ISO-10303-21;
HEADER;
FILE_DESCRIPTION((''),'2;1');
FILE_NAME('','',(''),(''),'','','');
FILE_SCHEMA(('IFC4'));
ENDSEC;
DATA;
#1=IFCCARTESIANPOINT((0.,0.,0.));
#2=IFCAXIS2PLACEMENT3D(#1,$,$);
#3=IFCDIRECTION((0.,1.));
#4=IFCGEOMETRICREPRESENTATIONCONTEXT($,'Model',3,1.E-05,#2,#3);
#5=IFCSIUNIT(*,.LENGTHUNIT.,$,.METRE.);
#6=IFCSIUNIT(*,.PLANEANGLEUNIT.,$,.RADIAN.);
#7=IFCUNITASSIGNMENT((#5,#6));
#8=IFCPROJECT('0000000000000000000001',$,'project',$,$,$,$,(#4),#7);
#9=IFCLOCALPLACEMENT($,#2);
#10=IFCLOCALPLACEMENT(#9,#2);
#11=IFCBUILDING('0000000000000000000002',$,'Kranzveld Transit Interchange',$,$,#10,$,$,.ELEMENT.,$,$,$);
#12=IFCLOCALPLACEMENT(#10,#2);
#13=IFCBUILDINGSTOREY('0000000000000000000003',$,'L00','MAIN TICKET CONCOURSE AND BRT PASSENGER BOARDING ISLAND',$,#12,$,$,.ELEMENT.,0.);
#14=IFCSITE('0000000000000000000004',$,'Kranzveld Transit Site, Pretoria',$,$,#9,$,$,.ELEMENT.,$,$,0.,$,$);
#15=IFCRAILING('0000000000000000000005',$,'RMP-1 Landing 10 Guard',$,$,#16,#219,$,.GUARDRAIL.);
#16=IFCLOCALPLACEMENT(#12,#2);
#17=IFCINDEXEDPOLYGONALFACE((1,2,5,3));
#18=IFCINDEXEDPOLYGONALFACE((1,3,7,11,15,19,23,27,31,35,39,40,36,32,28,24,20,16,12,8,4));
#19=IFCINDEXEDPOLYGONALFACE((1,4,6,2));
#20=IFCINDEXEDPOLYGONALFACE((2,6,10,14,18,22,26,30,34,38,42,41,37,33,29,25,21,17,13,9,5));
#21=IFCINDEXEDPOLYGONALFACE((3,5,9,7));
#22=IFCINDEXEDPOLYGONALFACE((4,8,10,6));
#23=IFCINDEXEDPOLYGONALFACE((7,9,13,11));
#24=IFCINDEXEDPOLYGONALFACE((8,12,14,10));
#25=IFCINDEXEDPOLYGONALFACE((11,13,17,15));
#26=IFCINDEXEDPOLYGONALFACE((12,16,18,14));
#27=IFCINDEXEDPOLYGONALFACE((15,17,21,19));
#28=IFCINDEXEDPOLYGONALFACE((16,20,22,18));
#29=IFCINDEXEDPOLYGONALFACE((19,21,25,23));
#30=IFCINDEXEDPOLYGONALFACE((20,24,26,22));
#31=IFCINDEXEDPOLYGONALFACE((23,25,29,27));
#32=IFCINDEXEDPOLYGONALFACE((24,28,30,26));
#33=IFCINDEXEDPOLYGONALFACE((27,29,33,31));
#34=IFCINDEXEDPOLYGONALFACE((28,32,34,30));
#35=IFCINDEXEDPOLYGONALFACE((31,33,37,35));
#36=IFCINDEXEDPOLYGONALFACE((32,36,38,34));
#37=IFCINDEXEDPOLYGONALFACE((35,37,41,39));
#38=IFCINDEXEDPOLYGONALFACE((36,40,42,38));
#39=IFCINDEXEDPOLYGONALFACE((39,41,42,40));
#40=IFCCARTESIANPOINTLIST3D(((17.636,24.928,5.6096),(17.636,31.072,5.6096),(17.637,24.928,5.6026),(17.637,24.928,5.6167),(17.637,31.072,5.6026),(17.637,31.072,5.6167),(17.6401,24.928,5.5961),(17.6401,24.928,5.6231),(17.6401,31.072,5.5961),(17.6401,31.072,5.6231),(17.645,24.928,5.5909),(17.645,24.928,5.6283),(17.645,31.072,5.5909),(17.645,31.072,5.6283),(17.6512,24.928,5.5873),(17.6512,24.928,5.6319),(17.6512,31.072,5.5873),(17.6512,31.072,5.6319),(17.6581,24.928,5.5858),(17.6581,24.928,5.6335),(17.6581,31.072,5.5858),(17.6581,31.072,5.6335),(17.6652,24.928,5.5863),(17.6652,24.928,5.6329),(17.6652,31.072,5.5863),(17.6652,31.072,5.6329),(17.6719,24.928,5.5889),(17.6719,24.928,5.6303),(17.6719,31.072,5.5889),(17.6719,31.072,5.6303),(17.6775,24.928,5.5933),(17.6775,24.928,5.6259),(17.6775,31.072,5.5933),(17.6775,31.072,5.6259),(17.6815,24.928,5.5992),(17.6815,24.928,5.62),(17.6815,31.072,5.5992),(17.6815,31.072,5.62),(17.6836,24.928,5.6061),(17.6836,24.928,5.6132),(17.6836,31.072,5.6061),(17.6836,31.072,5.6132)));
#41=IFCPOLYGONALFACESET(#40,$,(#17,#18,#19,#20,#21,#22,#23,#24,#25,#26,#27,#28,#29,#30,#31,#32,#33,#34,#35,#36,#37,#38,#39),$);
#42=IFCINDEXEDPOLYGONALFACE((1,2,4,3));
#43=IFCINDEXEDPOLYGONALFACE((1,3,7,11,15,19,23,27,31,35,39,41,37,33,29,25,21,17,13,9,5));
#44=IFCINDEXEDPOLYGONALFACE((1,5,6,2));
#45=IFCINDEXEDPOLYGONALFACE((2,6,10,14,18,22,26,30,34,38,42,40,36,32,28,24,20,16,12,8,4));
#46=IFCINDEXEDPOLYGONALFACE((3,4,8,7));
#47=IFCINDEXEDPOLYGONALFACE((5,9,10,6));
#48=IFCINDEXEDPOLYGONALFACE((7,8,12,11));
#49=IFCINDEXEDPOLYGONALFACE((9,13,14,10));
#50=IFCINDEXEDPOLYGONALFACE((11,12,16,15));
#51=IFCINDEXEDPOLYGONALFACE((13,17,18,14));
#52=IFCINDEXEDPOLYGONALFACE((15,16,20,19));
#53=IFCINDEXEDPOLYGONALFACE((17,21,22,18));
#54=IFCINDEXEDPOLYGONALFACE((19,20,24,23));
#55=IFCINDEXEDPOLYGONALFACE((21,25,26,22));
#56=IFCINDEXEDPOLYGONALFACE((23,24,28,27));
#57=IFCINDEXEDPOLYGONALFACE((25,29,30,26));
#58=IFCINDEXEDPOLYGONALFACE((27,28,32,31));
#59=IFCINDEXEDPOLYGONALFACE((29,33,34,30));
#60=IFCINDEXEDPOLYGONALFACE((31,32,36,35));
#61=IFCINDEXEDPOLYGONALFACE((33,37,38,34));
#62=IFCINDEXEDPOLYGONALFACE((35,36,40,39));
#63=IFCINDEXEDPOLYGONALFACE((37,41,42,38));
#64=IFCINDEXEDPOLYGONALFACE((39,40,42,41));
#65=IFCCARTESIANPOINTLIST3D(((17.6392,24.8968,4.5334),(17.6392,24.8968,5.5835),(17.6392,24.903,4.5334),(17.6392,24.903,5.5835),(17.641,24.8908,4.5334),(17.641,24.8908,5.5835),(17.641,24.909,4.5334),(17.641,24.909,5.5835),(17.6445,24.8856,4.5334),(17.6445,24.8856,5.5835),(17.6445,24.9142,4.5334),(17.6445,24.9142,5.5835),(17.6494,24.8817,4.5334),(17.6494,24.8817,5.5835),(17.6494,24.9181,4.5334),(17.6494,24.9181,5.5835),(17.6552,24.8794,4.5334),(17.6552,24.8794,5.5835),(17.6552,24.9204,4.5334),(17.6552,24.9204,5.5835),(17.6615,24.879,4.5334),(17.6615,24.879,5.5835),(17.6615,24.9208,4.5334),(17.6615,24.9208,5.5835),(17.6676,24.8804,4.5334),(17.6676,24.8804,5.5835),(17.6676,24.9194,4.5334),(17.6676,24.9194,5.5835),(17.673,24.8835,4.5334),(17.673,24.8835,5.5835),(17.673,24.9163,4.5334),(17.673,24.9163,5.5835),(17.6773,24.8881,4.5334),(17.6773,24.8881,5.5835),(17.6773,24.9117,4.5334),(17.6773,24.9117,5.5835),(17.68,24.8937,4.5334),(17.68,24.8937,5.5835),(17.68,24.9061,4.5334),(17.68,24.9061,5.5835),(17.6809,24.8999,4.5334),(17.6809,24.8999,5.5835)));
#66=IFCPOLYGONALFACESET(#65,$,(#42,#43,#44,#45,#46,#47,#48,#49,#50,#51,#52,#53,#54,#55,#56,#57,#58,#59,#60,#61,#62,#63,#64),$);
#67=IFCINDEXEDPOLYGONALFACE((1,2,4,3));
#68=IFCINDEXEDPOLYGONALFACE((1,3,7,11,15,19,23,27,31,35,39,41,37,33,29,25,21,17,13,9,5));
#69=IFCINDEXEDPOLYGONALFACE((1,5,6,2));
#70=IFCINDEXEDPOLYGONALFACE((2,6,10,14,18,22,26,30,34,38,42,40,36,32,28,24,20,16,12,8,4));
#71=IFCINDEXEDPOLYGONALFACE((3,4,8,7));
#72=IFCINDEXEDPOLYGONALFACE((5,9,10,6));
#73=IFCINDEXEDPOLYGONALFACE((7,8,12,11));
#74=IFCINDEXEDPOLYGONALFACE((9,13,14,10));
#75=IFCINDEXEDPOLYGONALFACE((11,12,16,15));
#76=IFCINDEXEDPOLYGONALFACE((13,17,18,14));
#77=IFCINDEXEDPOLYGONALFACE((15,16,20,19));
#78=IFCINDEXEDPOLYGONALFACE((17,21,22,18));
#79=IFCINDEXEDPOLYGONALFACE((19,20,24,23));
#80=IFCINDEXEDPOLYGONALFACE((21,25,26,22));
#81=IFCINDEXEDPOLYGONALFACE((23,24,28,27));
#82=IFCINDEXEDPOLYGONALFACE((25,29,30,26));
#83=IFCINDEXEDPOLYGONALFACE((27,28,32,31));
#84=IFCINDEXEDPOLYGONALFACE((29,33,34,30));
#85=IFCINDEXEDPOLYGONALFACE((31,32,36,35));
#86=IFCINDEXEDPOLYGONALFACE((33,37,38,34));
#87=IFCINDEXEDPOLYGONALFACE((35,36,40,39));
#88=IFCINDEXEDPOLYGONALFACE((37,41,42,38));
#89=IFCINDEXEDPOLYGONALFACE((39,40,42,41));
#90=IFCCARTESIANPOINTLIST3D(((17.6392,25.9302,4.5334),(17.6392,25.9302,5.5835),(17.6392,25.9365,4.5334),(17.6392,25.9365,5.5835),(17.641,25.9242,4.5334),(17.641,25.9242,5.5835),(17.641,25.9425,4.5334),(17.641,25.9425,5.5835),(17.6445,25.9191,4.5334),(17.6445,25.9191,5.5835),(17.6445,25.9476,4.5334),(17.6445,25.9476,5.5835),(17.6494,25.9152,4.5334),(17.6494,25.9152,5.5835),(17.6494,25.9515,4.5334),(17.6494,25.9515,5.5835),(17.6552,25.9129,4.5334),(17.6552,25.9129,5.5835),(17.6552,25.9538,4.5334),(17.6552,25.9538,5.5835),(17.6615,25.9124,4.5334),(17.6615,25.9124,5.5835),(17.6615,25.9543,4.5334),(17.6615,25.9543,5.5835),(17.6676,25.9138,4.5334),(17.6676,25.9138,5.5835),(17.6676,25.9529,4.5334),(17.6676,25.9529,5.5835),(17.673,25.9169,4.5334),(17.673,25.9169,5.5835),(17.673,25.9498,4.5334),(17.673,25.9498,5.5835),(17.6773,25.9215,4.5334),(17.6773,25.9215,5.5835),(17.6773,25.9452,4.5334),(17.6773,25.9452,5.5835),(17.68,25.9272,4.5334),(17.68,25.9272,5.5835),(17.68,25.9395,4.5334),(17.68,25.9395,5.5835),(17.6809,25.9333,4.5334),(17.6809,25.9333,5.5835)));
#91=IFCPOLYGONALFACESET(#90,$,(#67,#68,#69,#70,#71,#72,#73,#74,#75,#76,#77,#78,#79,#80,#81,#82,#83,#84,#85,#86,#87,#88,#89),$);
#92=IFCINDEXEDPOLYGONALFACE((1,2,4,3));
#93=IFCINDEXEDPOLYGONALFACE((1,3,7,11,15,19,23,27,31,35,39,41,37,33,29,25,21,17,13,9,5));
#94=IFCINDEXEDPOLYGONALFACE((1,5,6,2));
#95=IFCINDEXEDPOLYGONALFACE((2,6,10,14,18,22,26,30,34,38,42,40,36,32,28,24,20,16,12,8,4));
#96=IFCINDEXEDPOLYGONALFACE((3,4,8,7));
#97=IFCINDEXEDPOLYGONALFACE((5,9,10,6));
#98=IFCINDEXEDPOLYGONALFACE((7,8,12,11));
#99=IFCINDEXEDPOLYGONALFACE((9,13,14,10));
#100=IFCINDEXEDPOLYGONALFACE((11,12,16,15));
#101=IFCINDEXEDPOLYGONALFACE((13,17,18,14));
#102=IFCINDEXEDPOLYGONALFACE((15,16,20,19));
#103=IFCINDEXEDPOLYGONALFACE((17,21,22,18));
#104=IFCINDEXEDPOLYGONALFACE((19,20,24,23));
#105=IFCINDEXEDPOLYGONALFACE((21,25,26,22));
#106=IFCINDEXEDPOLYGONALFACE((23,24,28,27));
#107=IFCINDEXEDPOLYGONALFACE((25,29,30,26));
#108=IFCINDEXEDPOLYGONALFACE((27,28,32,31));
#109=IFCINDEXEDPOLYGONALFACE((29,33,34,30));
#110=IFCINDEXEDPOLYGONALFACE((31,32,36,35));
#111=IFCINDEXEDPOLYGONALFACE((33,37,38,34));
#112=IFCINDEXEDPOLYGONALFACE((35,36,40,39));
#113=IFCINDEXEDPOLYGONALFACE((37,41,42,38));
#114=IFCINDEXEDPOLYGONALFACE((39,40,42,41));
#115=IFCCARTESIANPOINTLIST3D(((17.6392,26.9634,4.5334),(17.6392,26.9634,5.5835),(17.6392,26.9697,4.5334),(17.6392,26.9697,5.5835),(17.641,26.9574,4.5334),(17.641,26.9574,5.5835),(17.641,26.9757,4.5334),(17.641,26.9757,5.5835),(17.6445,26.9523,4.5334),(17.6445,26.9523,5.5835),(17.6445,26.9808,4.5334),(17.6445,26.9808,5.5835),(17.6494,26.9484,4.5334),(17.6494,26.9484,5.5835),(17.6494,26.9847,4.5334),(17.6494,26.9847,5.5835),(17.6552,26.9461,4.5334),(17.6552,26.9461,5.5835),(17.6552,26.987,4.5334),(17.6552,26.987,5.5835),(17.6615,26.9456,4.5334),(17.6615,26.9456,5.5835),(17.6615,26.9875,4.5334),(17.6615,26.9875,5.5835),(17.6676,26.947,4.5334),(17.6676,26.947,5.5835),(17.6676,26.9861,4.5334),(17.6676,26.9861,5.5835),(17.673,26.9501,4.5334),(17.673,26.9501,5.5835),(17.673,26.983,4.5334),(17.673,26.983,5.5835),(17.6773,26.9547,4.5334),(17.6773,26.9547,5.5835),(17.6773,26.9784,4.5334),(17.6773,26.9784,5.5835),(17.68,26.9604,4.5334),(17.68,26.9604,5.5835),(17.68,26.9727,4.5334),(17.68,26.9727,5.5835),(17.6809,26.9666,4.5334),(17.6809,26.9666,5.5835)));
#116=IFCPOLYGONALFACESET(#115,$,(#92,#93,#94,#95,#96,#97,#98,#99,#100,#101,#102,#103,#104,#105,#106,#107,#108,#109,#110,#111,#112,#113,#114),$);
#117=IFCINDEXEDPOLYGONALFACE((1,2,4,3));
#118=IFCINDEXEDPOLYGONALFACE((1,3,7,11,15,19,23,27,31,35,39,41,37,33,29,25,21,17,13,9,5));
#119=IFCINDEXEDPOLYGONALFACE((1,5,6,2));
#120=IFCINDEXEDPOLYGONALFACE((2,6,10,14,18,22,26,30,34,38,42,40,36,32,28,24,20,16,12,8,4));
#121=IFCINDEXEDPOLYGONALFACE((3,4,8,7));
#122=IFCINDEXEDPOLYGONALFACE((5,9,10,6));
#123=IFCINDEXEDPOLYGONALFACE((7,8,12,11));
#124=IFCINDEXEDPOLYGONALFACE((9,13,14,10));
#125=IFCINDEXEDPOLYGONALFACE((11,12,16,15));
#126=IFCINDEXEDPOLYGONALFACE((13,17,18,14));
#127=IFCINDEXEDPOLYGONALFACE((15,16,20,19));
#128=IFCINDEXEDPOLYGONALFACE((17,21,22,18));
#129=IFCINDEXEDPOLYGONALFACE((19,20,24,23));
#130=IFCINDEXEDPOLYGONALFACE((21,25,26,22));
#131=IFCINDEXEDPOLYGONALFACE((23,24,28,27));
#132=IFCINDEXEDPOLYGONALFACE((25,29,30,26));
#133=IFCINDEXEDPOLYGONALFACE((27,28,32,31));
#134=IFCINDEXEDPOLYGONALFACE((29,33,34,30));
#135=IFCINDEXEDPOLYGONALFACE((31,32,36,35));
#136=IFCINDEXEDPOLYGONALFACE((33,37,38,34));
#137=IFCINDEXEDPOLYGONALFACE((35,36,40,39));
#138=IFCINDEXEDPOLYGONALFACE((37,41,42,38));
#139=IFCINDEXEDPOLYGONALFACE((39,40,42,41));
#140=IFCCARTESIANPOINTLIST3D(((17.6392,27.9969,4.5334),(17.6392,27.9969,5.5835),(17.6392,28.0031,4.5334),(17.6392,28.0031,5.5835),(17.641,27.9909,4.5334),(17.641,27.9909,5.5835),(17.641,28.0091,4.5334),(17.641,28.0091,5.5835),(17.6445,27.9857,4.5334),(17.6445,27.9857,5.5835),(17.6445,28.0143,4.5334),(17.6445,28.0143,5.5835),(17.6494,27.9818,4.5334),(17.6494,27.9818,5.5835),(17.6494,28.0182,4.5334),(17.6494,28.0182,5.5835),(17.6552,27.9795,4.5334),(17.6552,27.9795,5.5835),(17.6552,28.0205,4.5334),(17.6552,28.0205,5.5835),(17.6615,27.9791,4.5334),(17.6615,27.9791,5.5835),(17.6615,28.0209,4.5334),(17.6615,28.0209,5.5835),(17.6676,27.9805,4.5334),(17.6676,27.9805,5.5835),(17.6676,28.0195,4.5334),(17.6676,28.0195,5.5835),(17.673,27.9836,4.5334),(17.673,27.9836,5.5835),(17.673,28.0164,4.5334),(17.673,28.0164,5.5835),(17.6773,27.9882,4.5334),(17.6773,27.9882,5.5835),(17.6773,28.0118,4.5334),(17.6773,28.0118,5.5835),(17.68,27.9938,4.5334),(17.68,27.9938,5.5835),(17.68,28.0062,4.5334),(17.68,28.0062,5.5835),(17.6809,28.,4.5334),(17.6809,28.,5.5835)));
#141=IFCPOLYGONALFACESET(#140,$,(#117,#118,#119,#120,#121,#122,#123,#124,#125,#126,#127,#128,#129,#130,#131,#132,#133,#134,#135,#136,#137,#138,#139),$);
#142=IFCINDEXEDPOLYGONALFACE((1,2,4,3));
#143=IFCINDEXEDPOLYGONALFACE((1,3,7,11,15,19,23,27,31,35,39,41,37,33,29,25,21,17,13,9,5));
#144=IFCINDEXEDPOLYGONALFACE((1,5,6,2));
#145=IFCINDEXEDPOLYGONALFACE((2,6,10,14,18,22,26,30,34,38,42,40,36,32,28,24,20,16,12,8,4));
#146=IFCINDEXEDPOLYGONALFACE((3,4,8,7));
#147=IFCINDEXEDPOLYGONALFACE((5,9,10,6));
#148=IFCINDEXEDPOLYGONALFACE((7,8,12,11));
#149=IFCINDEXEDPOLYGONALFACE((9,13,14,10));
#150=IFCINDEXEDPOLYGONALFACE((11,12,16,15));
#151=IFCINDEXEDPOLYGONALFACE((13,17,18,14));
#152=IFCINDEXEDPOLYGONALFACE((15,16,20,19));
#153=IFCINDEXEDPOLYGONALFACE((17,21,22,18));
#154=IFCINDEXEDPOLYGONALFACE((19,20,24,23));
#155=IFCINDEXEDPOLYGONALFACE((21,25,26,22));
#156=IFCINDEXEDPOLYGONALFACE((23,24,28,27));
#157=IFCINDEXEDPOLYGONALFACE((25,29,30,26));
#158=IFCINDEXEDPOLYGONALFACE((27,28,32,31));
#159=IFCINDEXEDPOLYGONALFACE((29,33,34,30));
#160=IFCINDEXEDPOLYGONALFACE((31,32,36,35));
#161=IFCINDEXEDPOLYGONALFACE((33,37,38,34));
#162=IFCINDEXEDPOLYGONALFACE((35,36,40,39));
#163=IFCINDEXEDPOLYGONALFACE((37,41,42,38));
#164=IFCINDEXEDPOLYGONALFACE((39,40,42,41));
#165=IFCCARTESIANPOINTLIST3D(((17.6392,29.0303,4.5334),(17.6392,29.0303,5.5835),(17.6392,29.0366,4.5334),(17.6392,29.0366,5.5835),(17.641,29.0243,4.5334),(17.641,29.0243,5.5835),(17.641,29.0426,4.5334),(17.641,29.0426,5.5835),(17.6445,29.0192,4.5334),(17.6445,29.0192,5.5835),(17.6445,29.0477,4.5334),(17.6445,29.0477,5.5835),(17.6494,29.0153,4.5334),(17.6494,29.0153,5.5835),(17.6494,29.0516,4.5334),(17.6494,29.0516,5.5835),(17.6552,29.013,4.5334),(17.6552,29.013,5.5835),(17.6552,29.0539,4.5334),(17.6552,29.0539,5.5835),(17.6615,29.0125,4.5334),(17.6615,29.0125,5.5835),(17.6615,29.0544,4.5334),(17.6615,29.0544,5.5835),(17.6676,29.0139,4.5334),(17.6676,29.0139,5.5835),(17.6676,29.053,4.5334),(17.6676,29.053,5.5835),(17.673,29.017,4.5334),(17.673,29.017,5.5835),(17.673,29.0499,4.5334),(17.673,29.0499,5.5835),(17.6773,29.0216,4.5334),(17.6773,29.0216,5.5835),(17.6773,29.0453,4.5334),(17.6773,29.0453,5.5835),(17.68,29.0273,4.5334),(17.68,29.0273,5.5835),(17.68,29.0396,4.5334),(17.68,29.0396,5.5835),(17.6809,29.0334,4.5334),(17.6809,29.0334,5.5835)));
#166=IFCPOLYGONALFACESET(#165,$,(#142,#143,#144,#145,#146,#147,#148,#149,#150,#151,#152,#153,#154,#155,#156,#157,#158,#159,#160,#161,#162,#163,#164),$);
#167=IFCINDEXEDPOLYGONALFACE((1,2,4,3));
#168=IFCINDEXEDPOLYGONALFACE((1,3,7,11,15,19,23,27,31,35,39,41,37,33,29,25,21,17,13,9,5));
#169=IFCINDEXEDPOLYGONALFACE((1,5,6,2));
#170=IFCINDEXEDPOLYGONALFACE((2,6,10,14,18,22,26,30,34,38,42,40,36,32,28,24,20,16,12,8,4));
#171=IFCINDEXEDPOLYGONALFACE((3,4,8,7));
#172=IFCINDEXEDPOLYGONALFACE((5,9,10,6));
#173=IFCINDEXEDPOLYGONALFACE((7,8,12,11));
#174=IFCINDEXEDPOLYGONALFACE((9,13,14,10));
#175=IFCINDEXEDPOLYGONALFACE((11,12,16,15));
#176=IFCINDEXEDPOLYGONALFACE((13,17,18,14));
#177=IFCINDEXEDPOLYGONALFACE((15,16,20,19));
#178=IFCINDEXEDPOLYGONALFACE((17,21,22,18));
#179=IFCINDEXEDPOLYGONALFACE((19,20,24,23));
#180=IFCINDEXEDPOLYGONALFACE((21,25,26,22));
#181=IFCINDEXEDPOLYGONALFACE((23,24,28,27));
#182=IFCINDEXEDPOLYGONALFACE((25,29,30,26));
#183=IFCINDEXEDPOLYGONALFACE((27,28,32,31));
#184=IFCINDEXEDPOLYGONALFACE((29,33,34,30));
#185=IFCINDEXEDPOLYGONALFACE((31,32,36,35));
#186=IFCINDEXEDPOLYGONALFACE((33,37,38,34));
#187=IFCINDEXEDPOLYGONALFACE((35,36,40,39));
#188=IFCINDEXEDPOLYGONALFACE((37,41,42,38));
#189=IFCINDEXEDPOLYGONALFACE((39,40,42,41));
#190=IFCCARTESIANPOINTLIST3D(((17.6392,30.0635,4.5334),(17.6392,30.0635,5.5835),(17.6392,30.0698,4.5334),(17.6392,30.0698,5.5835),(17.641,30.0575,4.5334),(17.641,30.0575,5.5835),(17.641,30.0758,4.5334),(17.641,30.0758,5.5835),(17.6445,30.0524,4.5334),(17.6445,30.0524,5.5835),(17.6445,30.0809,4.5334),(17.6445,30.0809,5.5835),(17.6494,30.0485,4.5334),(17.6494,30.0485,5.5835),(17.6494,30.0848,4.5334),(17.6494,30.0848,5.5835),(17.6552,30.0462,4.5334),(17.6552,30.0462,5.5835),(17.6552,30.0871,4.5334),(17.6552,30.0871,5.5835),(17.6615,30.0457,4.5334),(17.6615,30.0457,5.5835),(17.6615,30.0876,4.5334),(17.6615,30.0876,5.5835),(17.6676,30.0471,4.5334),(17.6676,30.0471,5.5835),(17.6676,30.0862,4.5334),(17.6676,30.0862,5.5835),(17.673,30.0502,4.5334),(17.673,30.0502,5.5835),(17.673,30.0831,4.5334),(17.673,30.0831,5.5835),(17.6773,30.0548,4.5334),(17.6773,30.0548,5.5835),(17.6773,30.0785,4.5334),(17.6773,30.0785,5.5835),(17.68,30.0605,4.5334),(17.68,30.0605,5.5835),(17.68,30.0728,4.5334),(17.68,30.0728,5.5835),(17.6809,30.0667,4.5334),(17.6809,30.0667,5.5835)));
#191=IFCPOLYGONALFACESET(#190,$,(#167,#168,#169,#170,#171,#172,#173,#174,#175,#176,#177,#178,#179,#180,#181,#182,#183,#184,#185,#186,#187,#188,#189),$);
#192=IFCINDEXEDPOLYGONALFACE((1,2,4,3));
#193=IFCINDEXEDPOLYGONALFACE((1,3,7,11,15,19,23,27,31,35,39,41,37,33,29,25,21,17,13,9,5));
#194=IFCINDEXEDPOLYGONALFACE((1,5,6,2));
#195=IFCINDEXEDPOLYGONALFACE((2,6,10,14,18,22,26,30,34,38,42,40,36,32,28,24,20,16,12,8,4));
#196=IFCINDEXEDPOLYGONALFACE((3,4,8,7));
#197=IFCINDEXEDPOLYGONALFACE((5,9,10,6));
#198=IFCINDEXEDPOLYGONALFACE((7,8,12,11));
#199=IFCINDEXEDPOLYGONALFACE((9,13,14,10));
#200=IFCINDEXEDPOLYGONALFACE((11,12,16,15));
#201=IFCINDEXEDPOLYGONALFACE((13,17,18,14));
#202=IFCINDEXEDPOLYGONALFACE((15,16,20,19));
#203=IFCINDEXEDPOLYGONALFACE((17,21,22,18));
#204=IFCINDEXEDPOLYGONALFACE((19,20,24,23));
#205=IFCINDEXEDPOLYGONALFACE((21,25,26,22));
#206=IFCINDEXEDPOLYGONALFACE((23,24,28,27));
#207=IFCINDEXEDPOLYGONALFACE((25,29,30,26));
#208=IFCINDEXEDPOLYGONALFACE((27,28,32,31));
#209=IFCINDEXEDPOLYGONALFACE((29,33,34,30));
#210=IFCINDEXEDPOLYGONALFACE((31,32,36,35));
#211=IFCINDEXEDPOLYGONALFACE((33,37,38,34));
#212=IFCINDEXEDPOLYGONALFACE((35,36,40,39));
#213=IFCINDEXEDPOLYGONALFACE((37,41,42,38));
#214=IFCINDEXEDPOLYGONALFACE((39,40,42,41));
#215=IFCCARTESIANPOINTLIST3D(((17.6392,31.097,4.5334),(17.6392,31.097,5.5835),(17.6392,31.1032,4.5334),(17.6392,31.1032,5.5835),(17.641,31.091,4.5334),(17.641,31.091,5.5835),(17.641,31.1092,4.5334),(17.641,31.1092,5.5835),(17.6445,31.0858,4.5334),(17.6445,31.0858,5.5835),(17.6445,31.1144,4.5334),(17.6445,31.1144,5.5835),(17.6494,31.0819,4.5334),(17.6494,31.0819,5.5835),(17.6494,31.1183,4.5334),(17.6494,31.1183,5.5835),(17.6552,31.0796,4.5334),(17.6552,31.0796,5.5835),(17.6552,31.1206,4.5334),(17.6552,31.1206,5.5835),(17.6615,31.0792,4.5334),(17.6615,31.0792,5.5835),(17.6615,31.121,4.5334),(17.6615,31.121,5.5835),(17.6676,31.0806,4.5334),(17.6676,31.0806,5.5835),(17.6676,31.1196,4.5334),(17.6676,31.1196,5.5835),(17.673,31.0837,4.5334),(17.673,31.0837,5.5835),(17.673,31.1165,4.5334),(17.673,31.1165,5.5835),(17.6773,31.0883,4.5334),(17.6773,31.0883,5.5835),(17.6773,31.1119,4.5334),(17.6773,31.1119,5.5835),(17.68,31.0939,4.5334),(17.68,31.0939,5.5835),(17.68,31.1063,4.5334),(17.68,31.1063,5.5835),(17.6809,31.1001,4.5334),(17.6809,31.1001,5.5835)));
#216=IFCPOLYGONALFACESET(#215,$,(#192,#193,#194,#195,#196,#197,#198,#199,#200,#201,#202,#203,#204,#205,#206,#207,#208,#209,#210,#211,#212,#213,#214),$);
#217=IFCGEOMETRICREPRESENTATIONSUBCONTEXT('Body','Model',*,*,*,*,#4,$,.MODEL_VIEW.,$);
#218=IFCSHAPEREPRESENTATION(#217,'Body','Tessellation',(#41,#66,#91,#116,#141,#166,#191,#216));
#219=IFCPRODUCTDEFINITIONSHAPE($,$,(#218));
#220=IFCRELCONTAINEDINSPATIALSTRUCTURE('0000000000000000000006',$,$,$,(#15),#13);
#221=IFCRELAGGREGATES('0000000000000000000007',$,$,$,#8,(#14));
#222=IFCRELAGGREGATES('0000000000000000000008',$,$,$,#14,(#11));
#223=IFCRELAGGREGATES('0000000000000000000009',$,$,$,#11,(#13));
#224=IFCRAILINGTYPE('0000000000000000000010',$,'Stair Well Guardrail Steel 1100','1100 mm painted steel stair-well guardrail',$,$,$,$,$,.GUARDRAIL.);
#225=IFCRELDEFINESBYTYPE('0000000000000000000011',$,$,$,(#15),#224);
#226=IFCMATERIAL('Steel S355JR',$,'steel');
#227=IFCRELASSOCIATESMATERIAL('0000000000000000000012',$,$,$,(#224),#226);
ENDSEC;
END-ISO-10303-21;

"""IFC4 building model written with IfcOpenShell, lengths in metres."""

from ifc_helpers import new_model, si_unit, direction, frame, origin, origin_2d, place, context, subcontext, project, spatial, circle, extrude, material, type_object, element, save


model = new_model("IFC4")

# Units and contexts
model_context = context("Model", 3, precision=1e-05, world=origin(), true_north=direction((0.0, 1.0)))
body_context = subcontext(model_context, "Body", "Model", "MODEL_VIEW")
ifc_project = project(units=[si_unit("LENGTHUNIT", "METRE"), si_unit("PLANEANGLEUNIT", "RADIAN")], contexts=[model_context])

# Site, building, storey
site_placement = place(None, origin())
site = spatial("IfcSite", under=ifc_project, at=site_placement, Name="Kranzveld Transit Site, Pretoria", CompositionType="ELEMENT", RefElevation=0.0)
building_placement = place(site_placement, origin())
building = spatial("IfcBuilding", under=site, at=building_placement, Name="Kranzveld Transit Interchange", CompositionType="ELEMENT")
storey_placement = place(building_placement, origin())
storey = spatial("IfcBuildingStorey", under=building, at=storey_placement, Name="L00", Description="MAIN TICKET CONCOURSE AND BRT PASSENGER BOARDING ISLAND", CompositionType="ELEMENT", Elevation=0.0)

# Railing
ifc_material_1 = material(Name="Steel S355JR", Category="steel")
railing_type = type_object("IfcRailingType", Name="Stair Well Guardrail Steel 1100", Description="1100 mm painted steel stair-well guardrail", PredefinedType="GUARDRAIL", material=ifc_material_1)
for number, where, name in (
    (1, (17.6599, 24.8999, 4.5334), "RMP-1 Landing 10 Guard"),
):
    element("IfcRailing", number, at=place(storey_placement, frame(where)), inside=storey, type_object=railing_type, Name=name, PredefinedType="GUARDRAIL", context=body_context, shape_type="SweptSolid", body=[
        extrude(circle(Radius=0.0239, at=origin_2d()), frame((0.0, 0.0281, 1.0762), z_axis=(0.0, 1.0, 0.0), x_axis=(-1.0, 0.0, 0.0)), (0.0, 0.0, 1.0), 6.144),
        extrude(circle(Radius=0.021, at=origin_2d()), origin(), (0.0, 0.0, 1.0), 1.05),
        extrude(circle(Radius=0.021, at=origin_2d()), frame((0.0, 1.0334, 0.0)), (0.0, 0.0, 1.0), 1.05),
        extrude(circle(Radius=0.021, at=origin_2d()), frame((0.0, 2.0667, 0.0)), (0.0, 0.0, 1.0), 1.05),
        extrude(circle(Radius=0.021, at=origin_2d()), frame((0.0, 3.1001, 0.0)), (0.0, 0.0, 1.0), 1.05),
        extrude(circle(Radius=0.021, at=origin_2d()), frame((0.0, 4.1335, 0.0)), (0.0, 0.0, 1.0), 1.05),
        extrude(circle(Radius=0.021, at=origin_2d()), frame((0.0, 5.1667, 0.0)), (0.0, 0.0, 1.0), 1.05),
        extrude(circle(Radius=0.021, at=origin_2d()), frame((0.0, 6.2002, 0.0)), (0.0, 0.0, 1.0), 1.05),
    ])

save(model, "model.ifc")
